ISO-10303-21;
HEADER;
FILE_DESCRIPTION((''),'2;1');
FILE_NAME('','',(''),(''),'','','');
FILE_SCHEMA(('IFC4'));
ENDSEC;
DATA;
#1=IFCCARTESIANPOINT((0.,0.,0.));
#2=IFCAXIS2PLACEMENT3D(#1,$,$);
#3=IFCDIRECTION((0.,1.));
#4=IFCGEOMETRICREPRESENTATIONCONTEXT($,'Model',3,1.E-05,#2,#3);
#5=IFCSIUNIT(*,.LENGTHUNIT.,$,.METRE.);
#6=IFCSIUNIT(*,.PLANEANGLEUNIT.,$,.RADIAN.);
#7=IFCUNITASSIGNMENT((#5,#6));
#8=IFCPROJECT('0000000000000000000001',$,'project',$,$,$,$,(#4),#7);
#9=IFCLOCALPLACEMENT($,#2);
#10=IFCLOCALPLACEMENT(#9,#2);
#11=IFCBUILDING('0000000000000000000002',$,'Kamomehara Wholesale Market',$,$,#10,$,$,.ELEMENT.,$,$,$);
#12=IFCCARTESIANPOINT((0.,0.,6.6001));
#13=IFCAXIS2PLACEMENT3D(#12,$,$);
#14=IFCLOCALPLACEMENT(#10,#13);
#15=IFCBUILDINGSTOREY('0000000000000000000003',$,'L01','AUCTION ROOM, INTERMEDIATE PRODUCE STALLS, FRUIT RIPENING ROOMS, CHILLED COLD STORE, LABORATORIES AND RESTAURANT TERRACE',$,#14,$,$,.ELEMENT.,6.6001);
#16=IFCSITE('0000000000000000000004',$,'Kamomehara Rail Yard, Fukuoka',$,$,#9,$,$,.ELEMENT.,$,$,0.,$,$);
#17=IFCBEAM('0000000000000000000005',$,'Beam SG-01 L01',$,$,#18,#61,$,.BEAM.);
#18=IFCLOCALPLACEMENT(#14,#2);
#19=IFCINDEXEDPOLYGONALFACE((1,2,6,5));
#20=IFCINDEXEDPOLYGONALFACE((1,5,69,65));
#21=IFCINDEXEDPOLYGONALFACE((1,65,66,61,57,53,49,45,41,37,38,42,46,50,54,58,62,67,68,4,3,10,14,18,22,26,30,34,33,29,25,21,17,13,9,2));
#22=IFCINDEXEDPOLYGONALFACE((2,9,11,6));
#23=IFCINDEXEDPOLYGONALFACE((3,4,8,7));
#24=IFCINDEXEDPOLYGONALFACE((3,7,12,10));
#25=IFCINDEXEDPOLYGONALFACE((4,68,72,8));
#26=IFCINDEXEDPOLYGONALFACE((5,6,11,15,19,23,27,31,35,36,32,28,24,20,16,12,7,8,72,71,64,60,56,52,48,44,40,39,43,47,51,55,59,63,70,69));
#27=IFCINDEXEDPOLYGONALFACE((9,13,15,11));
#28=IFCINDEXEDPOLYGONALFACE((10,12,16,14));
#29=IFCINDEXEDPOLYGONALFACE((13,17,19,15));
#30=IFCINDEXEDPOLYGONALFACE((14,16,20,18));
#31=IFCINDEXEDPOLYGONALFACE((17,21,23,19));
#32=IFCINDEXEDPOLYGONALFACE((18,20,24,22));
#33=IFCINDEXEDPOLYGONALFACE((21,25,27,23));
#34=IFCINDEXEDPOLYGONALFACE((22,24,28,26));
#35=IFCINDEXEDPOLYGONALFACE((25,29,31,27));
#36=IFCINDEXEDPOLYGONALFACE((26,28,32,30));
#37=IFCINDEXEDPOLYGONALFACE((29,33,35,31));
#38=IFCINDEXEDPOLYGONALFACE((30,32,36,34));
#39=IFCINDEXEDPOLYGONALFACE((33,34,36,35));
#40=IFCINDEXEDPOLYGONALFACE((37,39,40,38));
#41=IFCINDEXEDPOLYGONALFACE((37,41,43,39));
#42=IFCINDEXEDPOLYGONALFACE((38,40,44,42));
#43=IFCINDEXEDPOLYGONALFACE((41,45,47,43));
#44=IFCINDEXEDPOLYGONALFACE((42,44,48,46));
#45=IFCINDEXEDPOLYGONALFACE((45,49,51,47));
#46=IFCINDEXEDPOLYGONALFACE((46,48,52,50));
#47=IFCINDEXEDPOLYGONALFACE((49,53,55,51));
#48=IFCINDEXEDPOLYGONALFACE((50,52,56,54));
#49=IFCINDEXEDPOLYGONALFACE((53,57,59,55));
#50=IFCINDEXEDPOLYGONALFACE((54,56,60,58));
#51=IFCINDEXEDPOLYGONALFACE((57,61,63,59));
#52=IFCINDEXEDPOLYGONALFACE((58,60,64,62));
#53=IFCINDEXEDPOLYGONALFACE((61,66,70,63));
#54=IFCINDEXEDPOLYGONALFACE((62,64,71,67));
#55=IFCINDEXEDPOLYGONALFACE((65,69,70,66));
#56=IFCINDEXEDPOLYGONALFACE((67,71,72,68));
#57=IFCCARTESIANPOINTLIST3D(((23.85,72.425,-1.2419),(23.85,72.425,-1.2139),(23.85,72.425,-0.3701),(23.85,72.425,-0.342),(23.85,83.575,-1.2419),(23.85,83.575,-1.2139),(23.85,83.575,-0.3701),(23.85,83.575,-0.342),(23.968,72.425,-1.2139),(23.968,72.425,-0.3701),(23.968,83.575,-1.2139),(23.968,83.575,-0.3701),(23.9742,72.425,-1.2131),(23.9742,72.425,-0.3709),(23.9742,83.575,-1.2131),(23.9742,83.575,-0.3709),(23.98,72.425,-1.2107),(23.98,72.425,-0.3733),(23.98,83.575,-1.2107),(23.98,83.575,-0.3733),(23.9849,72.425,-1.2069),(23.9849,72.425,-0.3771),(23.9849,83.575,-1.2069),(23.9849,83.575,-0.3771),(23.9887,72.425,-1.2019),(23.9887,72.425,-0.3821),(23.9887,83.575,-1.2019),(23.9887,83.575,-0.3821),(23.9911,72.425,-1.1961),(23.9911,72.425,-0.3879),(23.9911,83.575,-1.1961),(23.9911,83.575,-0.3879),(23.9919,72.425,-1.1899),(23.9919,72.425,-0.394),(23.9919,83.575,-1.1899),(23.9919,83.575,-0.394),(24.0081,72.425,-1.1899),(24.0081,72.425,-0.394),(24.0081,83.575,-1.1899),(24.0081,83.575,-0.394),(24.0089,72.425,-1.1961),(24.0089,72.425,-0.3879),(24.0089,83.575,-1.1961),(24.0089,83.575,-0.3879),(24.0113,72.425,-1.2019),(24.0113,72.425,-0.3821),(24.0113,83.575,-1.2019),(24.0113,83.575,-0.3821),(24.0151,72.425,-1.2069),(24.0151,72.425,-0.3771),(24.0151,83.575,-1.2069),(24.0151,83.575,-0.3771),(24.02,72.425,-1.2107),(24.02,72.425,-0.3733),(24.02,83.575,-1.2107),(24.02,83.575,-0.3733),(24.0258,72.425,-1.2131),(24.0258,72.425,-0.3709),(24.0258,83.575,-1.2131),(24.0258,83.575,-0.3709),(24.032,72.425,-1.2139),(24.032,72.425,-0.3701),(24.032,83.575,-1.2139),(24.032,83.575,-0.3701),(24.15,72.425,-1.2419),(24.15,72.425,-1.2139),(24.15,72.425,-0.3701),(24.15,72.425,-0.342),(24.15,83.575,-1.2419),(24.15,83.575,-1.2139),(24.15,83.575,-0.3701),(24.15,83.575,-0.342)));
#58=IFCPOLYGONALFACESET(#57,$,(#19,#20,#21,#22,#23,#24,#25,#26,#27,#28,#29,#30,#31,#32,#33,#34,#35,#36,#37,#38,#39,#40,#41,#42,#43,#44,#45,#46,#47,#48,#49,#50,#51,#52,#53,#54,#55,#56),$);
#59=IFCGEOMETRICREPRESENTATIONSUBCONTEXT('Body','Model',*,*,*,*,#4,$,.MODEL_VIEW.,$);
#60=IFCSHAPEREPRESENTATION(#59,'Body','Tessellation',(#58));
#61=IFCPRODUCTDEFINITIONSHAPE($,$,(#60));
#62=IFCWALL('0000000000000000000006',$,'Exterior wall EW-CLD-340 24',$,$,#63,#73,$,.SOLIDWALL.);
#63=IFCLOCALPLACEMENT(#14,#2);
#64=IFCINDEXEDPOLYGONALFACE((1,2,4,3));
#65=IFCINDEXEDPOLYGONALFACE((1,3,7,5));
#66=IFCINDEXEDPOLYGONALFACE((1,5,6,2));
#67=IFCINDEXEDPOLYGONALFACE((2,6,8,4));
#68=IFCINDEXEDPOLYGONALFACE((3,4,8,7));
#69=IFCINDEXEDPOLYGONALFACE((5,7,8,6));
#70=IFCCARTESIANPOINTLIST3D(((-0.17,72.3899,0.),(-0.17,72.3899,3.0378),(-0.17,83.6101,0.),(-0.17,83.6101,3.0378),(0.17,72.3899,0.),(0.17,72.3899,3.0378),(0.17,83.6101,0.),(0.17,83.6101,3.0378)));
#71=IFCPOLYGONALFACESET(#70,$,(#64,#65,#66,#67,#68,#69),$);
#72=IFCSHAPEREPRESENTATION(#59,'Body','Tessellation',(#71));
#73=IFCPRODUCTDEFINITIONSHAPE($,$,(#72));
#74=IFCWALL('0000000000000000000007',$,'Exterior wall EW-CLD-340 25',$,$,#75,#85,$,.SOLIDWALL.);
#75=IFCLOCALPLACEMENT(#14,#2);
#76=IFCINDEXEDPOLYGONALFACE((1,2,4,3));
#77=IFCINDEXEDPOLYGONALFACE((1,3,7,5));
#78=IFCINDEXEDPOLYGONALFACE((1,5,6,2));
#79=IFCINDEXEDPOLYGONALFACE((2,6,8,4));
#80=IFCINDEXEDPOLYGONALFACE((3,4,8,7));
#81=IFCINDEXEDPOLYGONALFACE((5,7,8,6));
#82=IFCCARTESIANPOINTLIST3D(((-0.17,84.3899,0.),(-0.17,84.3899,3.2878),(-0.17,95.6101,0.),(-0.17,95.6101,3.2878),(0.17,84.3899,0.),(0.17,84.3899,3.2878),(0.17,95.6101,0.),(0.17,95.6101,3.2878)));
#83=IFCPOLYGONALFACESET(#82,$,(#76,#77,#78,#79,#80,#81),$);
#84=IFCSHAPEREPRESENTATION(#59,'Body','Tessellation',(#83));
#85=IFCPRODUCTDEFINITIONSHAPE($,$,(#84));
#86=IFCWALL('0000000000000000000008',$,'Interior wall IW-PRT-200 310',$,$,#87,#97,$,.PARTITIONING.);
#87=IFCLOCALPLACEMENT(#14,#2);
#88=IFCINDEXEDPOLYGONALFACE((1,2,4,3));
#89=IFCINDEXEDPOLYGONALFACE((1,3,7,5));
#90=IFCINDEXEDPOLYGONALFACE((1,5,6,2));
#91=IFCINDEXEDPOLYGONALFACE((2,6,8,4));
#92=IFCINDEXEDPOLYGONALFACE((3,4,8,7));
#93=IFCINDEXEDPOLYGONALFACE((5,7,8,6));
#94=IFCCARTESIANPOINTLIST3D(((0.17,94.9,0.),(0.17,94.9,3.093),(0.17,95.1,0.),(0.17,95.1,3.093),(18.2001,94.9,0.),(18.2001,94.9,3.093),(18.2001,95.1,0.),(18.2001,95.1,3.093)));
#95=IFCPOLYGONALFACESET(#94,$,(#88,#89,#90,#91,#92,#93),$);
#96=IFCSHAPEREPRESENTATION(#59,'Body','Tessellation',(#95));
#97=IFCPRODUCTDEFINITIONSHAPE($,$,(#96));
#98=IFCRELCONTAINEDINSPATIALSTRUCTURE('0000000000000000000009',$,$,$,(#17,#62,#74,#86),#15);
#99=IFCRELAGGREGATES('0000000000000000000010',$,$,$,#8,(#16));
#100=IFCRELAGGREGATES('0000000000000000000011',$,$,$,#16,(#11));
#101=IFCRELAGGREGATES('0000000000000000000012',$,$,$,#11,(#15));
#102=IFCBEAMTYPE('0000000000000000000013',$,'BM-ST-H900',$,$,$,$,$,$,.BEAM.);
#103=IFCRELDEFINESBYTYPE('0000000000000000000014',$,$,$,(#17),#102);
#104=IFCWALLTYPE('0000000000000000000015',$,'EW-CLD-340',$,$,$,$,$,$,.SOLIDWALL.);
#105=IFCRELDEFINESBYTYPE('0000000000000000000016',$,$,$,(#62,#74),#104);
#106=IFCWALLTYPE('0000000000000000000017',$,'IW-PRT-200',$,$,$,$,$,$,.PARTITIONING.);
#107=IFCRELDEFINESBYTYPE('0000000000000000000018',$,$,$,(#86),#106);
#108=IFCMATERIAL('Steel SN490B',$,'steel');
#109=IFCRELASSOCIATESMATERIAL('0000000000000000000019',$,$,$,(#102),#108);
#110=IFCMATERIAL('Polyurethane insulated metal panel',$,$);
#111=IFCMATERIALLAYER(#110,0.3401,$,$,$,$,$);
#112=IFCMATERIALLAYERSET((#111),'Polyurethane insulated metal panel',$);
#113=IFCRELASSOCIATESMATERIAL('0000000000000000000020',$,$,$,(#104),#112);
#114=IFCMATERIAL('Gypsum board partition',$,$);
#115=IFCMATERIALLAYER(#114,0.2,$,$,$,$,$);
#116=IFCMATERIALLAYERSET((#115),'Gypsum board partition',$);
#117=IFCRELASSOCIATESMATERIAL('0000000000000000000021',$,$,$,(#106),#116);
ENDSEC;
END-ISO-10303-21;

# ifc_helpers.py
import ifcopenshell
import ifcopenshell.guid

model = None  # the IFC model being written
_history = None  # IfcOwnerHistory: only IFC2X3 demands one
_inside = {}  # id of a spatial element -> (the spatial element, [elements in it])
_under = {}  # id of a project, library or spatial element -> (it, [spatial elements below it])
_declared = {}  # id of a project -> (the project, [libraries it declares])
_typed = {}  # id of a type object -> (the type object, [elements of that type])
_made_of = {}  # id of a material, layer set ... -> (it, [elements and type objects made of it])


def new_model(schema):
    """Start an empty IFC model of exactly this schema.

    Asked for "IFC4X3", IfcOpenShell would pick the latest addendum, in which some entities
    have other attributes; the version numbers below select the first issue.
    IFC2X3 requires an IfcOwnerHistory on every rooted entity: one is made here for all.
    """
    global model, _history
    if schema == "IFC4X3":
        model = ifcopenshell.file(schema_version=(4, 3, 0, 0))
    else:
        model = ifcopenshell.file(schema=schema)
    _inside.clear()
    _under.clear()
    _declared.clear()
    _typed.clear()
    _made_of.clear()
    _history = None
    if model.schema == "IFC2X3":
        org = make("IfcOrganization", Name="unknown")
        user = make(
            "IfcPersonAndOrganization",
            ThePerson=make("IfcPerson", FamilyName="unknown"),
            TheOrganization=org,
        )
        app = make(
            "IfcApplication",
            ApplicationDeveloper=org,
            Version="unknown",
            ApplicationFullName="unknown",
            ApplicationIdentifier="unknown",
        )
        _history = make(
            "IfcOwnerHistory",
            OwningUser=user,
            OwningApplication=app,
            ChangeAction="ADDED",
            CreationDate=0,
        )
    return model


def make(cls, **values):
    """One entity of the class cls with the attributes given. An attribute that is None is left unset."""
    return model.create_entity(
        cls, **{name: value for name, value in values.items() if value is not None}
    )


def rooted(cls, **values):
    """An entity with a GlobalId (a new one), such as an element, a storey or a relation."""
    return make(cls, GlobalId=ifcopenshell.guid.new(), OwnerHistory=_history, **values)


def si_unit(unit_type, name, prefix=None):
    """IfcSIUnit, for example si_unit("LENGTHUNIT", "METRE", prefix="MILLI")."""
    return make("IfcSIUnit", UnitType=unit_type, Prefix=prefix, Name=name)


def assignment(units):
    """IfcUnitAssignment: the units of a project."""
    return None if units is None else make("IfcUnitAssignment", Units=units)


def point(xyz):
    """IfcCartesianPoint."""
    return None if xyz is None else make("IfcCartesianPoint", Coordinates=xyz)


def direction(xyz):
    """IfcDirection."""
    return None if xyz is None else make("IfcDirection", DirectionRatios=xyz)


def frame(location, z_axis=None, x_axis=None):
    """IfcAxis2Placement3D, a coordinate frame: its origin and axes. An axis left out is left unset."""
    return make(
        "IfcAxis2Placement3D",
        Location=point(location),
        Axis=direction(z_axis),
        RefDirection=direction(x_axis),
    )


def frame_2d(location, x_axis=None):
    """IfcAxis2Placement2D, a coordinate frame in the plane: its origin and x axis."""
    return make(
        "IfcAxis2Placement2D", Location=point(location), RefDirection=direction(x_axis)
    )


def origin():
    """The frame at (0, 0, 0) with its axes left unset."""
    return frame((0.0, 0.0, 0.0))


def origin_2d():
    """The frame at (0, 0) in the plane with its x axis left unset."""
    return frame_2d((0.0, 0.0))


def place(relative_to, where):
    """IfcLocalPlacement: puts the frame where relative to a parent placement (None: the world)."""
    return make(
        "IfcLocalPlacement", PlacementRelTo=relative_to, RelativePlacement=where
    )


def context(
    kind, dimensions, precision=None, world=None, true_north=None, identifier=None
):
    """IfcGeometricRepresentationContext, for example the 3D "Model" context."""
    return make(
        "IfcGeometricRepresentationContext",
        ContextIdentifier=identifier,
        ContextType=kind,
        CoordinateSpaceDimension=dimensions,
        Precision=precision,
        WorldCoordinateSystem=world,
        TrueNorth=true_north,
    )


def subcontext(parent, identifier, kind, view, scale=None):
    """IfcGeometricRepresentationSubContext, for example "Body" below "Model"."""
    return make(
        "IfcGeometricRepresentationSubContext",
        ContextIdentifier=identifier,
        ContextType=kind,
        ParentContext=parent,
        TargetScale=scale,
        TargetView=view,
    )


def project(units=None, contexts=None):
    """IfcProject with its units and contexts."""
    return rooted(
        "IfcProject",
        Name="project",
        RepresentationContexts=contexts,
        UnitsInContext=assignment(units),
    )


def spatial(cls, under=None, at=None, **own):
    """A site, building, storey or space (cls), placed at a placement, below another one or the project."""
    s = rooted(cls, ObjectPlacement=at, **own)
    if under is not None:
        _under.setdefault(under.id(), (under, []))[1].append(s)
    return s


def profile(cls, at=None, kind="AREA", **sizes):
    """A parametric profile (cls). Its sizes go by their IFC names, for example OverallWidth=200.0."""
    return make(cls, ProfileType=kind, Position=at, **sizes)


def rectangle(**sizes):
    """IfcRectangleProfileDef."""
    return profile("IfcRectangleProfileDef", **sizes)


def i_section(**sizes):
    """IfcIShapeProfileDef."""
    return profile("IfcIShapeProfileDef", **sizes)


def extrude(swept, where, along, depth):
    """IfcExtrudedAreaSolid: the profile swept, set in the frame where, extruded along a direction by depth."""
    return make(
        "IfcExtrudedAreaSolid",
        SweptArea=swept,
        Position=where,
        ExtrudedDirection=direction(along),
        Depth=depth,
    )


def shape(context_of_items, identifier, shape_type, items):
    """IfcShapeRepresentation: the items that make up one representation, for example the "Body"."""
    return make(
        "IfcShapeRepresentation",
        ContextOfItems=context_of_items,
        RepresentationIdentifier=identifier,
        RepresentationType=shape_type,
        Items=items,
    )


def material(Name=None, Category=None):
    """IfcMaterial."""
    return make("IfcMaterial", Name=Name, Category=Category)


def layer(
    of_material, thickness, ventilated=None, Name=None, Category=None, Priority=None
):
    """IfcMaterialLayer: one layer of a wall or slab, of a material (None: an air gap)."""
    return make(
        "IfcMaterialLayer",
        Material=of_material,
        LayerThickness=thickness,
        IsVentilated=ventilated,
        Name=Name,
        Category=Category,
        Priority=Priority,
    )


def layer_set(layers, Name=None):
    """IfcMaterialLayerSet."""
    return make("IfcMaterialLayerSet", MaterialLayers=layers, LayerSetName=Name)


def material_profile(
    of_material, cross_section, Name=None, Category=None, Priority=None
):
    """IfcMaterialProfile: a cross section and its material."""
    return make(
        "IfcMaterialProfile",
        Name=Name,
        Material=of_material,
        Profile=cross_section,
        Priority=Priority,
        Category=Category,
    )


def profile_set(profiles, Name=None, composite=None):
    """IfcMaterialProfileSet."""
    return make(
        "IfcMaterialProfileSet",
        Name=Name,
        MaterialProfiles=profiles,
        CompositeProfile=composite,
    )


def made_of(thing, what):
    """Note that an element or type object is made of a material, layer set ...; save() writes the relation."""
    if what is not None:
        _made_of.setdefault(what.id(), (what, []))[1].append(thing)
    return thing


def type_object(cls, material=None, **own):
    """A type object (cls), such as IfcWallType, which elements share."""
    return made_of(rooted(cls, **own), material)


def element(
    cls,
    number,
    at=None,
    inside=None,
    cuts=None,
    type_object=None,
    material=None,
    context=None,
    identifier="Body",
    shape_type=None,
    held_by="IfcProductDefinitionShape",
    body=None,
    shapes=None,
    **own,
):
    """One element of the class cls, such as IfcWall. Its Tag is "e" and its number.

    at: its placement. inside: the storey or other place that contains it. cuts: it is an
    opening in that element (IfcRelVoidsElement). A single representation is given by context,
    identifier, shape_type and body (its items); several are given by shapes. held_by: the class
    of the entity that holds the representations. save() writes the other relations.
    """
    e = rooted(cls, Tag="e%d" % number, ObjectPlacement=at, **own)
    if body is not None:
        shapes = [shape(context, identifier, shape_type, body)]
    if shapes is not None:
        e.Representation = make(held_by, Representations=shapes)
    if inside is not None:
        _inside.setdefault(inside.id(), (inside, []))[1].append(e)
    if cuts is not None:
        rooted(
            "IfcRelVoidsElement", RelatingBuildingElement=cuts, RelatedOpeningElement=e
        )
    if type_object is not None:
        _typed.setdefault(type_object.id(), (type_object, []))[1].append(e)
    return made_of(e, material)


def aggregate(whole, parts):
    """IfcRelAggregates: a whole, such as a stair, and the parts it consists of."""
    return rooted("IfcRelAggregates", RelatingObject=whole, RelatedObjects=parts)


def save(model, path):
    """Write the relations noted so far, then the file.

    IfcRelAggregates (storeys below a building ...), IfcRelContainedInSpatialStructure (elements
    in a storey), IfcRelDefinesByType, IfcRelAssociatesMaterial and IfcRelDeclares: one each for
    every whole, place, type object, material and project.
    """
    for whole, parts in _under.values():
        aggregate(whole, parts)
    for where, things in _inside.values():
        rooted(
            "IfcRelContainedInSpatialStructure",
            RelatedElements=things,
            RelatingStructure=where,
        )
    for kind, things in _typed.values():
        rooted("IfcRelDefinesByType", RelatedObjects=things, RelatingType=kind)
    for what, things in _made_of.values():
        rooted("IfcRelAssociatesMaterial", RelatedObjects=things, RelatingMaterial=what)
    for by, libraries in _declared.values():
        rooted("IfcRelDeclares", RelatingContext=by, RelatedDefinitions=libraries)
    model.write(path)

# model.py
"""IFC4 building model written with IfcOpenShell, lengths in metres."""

from ifc_helpers import new_model, si_unit, direction, frame, frame_2d, origin, origin_2d, place, context, subcontext, project, spatial, rectangle, i_section, extrude, material, layer, layer_set, material_profile, profile_set, type_object, element, save


model = new_model("IFC4")

# Units and contexts
model_context = context("Model", 3, precision=1e-05, world=origin(), true_north=direction((0.0, 1.0)))
body_context = subcontext(model_context, "Body", "Model", "MODEL_VIEW")
ifc_project = project(units=[si_unit("LENGTHUNIT", "METRE"), si_unit("PLANEANGLEUNIT", "RADIAN")], contexts=[model_context])

# Site, building, storey
site_placement = place(None, origin())
site = spatial("IfcSite", under=ifc_project, at=site_placement, Name="Kamomehara Rail Yard, Fukuoka", CompositionType="ELEMENT", RefElevation=0.0)
building_placement = place(site_placement, origin())
building = spatial("IfcBuilding", under=site, at=building_placement, Name="Kamomehara Wholesale Market", CompositionType="ELEMENT")
storey_placement = place(building_placement, frame((0.0, 0.0, 6.6001)))
storey = spatial("IfcBuildingStorey", under=building, at=storey_placement, Name="L01", Description="AUCTION ROOM, INTERMEDIATE PRODUCE STALLS, FRUIT RIPENING ROOMS, CHILLED COLD STORE, LABORATORIES AND RESTAURANT TERRACE", CompositionType="ELEMENT", Elevation=6.6001)

# Beam
ifc_material_1 = material(Name="Steel SN490B", Category="steel")
ifc_material_profile_1 = material_profile(ifc_material_1, i_section(OverallWidth=0.3, OverallDepth=0.8999, WebThickness=0.0161, FlangeThickness=0.0281, FilletRadius=0.0239, at=origin_2d()), Name="H-900x300x16x28")
ifc_profile_set_1 = profile_set([ifc_material_profile_1], Name="Steel SN490B")
beam_type_1 = type_object("IfcBeamType", Name="BM-ST-H900", PredefinedType="BEAM", material=ifc_profile_set_1)
beam_1_placement = place(storey_placement, frame((24.0, 72.425, -0.792), z_axis=(0.0, 1.0, 0.0), x_axis=(-1.0, 0.0, 0.0)))
element("IfcBeam", 1, at=beam_1_placement, inside=storey, type_object=beam_type_1, Name="Beam SG-01 L01", PredefinedType="BEAM", context=body_context, shape_type="SweptSolid", body=[
    extrude(i_section(OverallWidth=0.3, OverallDepth=0.8999, WebThickness=0.0161, FlangeThickness=0.0281, FilletRadius=0.0239, at=origin_2d()), origin(), (0.0, 0.0, 1.0), 11.1499),
])

# Walls
ifc_material_2 = material(Name="Polyurethane insulated metal panel")
ifc_layer_1 = layer(ifc_material_2, 0.3401)
ifc_layer_set_1 = layer_set([ifc_layer_1], Name="Polyurethane insulated metal panel")
wall_type_1 = type_object("IfcWallType", Name="EW-CLD-340", PredefinedType="SOLIDWALL", material=ifc_layer_set_1)
wall_1_placement = place(storey_placement, frame((0.0, 72.3899, 0.0), z_axis=(0.0, 0.0, 1.0), x_axis=(0.0, 1.0, 0.0)))
element("IfcWall", 2, at=wall_1_placement, inside=storey, type_object=wall_type_1, Name="Exterior wall EW-CLD-340 24", PredefinedType="SOLIDWALL", context=body_context, shape_type="SweptSolid", body=[
    extrude(rectangle(XDim=11.2202, YDim=0.3401, at=frame_2d((5.6101, 0.0))), origin(), (0.0, 0.0, 1.0), 3.0378),
])
wall_2_placement = place(storey_placement, frame((0.0, 84.3899, 0.0), z_axis=(0.0, 0.0, 1.0), x_axis=(0.0, 1.0, 0.0)))
element("IfcWall", 3, at=wall_2_placement, inside=storey, type_object=wall_type_1, Name="Exterior wall EW-CLD-340 25", PredefinedType="SOLIDWALL", context=body_context, shape_type="SweptSolid", body=[
    extrude(rectangle(XDim=11.2202, YDim=0.3401, at=frame_2d((5.6101, 0.0))), origin(), (0.0, 0.0, 1.0), 3.2878),
])
ifc_material_3 = material(Name="Gypsum board partition")
ifc_layer_2 = layer(ifc_material_3, 0.2)
ifc_layer_set_2 = layer_set([ifc_layer_2], Name="Gypsum board partition")
wall_type_2 = type_object("IfcWallType", Name="IW-PRT-200", PredefinedType="PARTITIONING", material=ifc_layer_set_2)
wall_3_placement = place(storey_placement, frame((0.1699, 95.0, 0.0), z_axis=(0.0, 0.0, 1.0), x_axis=(1.0, 0.0, 0.0)))
element("IfcWall", 4, at=wall_3_placement, inside=storey, type_object=wall_type_2, Name="Interior wall IW-PRT-200 310", PredefinedType="PARTITIONING", context=body_context, shape_type="SweptSolid", body=[
    extrude(rectangle(XDim=18.03, YDim=0.2, at=frame_2d((9.0151, 0.0))), origin(), (0.0, 0.0, 1.0), 3.093),
])

save(model, "model.ifc")
